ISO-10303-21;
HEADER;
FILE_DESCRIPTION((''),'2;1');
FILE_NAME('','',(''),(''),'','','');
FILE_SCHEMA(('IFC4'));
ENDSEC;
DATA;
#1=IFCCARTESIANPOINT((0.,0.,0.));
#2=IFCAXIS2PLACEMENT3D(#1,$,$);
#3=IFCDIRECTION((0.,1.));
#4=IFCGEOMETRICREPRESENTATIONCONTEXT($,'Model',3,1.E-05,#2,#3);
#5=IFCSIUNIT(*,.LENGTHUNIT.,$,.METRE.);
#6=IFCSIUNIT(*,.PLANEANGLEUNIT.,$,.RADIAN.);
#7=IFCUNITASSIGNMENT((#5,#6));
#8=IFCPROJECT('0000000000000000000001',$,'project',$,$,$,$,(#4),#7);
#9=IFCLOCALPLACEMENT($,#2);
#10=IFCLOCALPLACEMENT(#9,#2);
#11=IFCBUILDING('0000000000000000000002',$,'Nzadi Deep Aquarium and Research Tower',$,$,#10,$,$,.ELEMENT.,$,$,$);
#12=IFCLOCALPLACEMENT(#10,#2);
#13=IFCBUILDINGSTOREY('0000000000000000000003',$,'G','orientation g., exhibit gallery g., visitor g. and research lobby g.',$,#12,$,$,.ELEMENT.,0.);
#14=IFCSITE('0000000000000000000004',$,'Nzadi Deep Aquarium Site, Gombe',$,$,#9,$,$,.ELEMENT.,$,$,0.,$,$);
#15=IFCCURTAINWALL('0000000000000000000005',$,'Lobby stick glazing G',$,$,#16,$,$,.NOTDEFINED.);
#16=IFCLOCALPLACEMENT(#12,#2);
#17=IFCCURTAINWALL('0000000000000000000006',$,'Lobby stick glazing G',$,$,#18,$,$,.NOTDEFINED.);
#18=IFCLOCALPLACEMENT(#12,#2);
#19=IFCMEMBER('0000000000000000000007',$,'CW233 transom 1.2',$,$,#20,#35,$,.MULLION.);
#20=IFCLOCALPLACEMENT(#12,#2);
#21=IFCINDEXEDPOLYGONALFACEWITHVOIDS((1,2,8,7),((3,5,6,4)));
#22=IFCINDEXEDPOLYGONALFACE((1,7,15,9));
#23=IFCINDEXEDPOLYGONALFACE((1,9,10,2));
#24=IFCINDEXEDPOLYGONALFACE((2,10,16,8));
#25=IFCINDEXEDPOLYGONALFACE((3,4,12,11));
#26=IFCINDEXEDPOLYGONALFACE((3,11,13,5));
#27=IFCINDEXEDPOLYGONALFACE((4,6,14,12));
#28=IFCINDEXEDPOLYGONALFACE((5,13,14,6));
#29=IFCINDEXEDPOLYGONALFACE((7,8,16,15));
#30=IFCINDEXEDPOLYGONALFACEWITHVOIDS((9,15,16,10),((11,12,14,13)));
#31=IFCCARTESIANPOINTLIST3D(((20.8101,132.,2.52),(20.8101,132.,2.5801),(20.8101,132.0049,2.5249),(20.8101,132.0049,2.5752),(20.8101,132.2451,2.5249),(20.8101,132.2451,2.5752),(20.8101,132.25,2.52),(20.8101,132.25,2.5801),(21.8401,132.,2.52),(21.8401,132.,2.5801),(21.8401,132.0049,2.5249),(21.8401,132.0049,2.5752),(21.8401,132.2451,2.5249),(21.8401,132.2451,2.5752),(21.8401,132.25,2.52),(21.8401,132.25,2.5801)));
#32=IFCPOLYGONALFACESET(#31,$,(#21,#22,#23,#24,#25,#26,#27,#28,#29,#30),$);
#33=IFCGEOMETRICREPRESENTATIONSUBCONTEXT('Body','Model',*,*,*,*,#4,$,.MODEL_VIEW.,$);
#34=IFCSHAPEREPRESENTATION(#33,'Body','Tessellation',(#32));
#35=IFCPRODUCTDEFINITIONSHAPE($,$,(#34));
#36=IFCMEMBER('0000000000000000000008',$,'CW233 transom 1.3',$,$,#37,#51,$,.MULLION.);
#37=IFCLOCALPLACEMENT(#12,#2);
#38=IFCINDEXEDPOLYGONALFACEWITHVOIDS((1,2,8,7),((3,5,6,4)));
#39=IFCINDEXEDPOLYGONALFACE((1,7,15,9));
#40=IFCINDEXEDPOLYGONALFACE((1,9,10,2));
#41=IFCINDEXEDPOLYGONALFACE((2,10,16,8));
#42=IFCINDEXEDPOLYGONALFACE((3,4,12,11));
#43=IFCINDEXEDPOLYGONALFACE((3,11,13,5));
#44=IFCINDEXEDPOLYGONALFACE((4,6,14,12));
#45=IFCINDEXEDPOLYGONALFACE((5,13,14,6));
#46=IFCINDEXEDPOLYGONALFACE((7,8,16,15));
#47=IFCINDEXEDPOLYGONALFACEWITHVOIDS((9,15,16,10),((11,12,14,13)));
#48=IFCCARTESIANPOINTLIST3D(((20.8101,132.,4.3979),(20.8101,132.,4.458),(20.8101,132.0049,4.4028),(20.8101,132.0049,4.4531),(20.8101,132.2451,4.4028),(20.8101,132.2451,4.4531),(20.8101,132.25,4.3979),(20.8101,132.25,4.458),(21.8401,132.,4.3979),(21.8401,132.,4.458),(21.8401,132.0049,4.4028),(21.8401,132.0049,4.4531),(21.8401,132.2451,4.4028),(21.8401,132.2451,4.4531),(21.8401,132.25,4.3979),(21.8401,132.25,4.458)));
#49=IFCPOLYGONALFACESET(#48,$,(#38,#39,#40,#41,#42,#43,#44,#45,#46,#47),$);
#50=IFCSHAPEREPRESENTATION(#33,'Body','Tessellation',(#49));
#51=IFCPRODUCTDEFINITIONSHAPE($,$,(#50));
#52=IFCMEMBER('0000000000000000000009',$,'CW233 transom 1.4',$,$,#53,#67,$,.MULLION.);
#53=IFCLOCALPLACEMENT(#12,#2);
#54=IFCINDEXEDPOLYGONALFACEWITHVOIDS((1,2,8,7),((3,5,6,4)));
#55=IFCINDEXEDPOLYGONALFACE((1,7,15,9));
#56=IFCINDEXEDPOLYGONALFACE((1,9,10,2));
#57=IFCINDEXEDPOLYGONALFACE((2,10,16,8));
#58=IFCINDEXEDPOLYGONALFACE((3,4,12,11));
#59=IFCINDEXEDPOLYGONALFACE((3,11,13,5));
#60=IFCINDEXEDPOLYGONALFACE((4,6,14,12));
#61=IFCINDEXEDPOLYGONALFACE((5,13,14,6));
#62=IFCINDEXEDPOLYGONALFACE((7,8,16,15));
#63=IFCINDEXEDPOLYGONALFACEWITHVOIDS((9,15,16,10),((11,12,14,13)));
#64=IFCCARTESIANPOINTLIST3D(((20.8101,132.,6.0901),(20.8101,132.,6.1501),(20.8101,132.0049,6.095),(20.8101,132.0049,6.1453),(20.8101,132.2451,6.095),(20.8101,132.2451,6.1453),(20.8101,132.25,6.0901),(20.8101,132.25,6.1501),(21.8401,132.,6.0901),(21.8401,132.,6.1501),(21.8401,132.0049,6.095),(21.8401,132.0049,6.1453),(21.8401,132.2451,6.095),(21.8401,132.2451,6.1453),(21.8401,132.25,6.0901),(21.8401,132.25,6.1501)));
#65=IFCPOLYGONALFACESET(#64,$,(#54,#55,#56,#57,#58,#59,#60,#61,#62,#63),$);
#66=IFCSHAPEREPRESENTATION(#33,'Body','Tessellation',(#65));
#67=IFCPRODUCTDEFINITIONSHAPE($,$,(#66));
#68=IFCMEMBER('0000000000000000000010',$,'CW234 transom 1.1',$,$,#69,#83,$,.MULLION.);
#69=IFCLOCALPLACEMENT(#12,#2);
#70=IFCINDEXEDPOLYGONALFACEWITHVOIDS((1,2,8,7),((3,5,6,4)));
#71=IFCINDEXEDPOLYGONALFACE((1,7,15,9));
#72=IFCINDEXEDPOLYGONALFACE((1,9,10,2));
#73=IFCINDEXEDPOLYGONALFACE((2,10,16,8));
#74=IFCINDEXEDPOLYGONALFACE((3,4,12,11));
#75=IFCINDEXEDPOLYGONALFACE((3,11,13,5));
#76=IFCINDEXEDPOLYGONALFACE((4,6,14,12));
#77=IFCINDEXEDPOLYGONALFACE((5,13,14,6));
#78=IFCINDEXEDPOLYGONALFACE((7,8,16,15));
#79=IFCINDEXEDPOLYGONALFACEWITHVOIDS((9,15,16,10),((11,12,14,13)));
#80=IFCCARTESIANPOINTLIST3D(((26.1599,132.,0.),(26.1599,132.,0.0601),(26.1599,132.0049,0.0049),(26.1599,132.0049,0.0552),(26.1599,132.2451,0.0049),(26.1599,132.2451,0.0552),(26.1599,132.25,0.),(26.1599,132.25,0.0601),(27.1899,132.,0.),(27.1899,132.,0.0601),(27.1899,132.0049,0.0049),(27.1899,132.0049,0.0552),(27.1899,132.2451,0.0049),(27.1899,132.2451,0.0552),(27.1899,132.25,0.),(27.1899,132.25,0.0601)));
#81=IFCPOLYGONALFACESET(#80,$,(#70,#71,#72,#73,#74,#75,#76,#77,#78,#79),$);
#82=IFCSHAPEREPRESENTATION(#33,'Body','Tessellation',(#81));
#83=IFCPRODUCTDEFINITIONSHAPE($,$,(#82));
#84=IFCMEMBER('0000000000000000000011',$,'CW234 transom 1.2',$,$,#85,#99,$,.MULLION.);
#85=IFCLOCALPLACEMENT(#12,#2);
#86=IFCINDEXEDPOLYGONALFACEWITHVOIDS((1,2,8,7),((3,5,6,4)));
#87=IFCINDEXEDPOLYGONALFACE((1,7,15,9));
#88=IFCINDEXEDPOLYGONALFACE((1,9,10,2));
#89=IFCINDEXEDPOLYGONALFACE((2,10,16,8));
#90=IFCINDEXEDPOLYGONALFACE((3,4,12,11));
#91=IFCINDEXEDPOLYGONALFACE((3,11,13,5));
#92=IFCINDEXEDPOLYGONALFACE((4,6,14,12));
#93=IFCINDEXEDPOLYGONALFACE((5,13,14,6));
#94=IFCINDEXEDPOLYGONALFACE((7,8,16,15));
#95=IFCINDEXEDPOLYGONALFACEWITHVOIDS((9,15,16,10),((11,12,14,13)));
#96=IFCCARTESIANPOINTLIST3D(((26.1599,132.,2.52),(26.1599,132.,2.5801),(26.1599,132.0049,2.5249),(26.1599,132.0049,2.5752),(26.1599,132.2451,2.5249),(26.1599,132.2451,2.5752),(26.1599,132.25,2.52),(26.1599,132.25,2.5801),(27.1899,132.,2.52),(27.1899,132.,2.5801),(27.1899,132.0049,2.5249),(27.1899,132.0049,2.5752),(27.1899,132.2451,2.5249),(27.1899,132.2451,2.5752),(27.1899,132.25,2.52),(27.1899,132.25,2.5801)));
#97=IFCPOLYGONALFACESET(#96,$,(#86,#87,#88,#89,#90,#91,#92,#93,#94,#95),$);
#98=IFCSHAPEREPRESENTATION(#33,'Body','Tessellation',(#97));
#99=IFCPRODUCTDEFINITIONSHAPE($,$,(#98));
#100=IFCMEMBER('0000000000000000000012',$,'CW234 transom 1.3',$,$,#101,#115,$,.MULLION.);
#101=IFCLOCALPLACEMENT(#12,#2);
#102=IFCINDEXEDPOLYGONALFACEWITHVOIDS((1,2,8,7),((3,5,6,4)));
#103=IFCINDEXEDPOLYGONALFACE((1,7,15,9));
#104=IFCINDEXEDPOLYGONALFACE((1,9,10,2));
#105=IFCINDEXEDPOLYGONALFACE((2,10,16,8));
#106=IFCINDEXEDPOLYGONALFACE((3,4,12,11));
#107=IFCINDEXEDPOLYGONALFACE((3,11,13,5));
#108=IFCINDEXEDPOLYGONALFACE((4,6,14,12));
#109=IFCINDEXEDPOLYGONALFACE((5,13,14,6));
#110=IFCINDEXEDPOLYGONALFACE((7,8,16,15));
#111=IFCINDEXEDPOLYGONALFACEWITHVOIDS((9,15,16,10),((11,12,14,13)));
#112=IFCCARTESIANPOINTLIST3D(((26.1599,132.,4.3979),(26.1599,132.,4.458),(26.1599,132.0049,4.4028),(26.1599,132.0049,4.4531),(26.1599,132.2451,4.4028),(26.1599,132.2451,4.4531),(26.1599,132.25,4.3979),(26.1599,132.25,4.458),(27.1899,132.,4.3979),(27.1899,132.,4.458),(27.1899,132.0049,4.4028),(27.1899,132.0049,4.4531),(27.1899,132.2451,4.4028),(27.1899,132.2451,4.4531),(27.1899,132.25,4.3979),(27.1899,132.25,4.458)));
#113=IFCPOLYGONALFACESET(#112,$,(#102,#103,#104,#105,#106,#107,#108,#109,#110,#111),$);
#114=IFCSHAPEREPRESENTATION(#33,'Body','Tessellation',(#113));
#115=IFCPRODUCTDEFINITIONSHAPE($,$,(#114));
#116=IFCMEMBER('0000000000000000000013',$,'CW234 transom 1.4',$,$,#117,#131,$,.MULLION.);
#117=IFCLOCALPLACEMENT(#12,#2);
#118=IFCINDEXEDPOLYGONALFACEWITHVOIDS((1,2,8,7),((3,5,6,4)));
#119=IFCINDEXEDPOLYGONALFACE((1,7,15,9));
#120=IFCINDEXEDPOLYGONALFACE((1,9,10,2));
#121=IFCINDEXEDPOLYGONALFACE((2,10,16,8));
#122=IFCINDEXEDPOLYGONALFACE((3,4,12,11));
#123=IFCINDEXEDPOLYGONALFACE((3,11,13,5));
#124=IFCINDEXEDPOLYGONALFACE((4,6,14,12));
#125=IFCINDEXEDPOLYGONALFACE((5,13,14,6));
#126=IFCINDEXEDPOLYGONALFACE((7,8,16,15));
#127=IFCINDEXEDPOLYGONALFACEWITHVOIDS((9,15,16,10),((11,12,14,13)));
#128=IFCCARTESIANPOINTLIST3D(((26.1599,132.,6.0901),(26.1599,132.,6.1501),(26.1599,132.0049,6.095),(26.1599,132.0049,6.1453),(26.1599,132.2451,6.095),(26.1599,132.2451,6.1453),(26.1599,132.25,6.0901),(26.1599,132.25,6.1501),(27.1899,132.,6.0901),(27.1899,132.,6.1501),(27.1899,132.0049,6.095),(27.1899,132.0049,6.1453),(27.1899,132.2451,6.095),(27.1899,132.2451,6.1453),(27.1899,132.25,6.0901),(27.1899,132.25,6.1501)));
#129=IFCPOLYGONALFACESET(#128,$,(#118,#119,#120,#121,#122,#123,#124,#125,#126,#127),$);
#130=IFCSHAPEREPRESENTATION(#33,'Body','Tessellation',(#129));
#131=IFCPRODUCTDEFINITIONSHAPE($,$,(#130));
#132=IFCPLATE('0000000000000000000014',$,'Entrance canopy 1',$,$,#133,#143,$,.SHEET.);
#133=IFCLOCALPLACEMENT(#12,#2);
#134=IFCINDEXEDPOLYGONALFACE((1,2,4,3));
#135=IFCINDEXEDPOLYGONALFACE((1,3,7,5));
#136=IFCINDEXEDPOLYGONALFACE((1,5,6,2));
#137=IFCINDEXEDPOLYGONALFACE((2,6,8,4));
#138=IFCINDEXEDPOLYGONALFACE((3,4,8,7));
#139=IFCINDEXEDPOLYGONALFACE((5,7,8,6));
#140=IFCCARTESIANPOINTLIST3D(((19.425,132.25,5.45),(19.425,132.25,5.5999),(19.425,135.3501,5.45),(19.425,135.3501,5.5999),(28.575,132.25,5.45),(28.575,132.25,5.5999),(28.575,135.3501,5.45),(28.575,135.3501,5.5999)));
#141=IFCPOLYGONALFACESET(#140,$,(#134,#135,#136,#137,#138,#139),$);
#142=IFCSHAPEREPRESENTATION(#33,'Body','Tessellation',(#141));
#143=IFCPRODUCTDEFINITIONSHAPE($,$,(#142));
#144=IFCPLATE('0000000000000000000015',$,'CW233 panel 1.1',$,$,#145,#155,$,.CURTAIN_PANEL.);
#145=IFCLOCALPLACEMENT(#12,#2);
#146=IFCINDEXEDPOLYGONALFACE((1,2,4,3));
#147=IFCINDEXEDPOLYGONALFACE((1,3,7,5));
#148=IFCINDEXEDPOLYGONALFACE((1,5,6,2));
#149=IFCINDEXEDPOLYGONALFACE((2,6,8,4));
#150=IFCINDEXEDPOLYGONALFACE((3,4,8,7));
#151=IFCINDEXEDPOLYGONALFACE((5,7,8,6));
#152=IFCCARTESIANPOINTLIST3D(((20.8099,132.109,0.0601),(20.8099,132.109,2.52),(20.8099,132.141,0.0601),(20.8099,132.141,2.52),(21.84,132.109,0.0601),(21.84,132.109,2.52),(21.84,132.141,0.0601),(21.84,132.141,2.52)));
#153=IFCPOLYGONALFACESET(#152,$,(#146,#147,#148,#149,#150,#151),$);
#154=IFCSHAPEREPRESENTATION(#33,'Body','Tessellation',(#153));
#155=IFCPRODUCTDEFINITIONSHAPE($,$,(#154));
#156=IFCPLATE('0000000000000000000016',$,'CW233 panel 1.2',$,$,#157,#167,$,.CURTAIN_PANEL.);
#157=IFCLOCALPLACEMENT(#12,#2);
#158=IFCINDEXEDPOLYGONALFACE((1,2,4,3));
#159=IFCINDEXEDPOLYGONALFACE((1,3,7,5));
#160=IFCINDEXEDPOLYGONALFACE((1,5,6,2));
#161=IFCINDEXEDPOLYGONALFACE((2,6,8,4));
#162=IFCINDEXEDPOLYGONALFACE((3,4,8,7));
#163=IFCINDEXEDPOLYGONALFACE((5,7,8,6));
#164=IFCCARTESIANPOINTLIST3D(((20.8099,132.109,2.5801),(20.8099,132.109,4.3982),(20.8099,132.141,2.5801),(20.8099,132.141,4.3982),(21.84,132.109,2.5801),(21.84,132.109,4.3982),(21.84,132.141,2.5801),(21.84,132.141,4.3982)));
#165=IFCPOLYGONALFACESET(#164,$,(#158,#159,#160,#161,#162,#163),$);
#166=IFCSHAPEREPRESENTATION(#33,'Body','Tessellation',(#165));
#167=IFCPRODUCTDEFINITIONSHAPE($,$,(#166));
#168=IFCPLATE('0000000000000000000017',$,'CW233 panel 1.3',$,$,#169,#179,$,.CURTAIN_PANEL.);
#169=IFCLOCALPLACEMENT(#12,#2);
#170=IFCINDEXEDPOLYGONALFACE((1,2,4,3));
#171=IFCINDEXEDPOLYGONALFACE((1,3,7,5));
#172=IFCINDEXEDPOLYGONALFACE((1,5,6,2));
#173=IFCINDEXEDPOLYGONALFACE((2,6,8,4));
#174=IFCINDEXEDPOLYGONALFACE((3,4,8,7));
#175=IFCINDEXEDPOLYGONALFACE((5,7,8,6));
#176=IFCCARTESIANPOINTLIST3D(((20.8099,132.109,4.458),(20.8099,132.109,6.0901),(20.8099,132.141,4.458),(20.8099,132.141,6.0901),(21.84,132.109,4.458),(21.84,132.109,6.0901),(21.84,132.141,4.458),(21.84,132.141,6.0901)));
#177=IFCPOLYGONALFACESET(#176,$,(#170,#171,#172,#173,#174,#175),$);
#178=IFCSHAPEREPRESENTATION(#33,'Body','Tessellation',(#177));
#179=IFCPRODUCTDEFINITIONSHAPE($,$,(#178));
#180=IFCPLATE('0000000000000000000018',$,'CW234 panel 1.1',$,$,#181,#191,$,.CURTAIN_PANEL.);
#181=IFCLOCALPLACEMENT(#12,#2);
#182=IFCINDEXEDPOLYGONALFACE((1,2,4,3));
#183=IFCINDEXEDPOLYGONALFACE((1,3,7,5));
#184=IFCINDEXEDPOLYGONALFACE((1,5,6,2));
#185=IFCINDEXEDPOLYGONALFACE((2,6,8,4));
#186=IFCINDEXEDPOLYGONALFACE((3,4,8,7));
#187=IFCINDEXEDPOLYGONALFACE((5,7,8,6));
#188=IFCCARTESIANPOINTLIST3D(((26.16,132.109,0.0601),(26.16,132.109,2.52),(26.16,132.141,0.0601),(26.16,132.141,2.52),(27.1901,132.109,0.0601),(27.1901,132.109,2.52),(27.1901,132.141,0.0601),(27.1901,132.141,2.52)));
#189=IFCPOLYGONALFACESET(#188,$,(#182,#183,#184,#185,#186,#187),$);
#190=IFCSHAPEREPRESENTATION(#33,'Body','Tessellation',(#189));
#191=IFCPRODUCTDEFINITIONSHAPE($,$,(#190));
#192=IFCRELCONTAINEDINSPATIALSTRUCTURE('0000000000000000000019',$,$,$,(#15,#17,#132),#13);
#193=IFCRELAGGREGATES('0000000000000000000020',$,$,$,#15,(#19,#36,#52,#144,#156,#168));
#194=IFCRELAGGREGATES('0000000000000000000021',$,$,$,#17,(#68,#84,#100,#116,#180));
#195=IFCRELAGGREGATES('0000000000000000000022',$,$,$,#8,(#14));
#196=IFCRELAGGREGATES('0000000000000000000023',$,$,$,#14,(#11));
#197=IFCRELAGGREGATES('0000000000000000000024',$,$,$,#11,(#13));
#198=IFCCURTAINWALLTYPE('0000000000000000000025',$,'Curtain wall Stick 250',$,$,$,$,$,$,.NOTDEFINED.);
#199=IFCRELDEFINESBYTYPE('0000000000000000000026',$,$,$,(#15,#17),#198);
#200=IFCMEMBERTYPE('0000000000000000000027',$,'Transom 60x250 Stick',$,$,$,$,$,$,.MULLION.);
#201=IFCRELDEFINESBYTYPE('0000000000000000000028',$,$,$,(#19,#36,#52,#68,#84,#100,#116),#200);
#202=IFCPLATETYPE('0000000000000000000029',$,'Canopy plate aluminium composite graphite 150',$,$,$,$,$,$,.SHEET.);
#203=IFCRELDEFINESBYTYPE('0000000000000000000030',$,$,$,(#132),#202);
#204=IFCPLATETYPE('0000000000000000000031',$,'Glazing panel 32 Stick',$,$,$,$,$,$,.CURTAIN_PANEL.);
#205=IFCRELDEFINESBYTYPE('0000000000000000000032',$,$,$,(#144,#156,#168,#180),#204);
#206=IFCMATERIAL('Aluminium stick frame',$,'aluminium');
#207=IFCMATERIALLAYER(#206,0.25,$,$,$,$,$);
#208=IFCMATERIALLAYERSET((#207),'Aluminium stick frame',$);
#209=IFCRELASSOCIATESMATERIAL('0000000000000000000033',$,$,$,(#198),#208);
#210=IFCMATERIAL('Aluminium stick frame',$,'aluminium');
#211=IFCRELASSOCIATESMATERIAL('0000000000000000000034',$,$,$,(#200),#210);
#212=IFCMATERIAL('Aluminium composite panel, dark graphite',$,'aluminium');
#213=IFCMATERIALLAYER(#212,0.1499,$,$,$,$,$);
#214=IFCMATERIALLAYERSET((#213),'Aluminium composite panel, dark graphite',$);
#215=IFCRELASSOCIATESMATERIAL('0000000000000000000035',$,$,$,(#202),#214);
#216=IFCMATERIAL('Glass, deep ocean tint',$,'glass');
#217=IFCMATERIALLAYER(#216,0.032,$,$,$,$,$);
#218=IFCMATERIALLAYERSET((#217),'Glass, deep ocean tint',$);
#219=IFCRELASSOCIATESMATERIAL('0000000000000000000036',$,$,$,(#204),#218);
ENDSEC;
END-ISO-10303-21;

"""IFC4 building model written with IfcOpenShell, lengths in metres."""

from ifc_helpers import new_model, si_unit, direction, frame, origin, origin_2d, place, context, subcontext, project, spatial, rectangle, hollow_rectangle, extrude, material, layer, layer_set, material_profile, profile_set, type_object, element, aggregate, save


model = new_model("IFC4")

# Units and contexts
model_context = context("Model", 3, precision=1e-05, world=origin(), true_north=direction((0.0, 1.0)))
body_context = subcontext(model_context, "Body", "Model", "MODEL_VIEW")
ifc_project = project(units=[si_unit("LENGTHUNIT", "METRE"), si_unit("PLANEANGLEUNIT", "RADIAN")], contexts=[model_context])

# Site, building, storey
site_placement = place(None, origin())
site = spatial("IfcSite", under=ifc_project, at=site_placement, Name="Nzadi Deep Aquarium Site, Gombe", CompositionType="ELEMENT", RefElevation=0.0)
building_placement = place(site_placement, origin())
building = spatial("IfcBuilding", under=site, at=building_placement, Name="Nzadi Deep Aquarium and Research Tower", CompositionType="ELEMENT")
storey_placement = place(building_placement, origin())
storey = spatial("IfcBuildingStorey", under=building, at=storey_placement, Name="G", Description="orientation g., exhibit gallery g., visitor g. and research lobby g.", CompositionType="ELEMENT", Elevation=0.0)

# Curtain walls
ifc_material_1 = material(Name="Aluminium stick frame", Category="aluminium")
ifc_layer_1 = layer(ifc_material_1, 0.25)
ifc_layer_set_1 = layer_set([ifc_layer_1], Name="Aluminium stick frame")
curtain_wall_type = type_object("IfcCurtainWallType", Name="Curtain wall Stick 250", PredefinedType="NOTDEFINED", material=ifc_layer_set_1)
curtain_wall_1_placement = place(storey_placement, origin())
curtain_wall_1 = element("IfcCurtainWall", 1, at=curtain_wall_1_placement, inside=storey, type_object=curtain_wall_type, Name="Lobby stick glazing G", PredefinedType="NOTDEFINED")
curtain_wall_2_placement = place(storey_placement, origin())
curtain_wall_2 = element("IfcCurtainWall", 2, at=curtain_wall_2_placement, inside=storey, type_object=curtain_wall_type, Name="Lobby stick glazing G", PredefinedType="NOTDEFINED")

# Members
ifc_material_2 = material(Name="Aluminium stick frame", Category="aluminium")
ifc_material_profile_1 = material_profile(ifc_material_2, hollow_rectangle(XDim=0.25, YDim=0.0601, WallThickness=0.0049, at=origin_2d()))
ifc_profile_set_1 = profile_set([ifc_material_profile_1], Name="Aluminium stick frame")
member_type_1 = type_object("IfcMemberType", Name="Transom 60x250 Stick", PredefinedType="MULLION", material=ifc_profile_set_1)
member_1_placement = place(storey_placement, frame((20.8101, 132.125, 2.55), z_axis=(1.0, 0.0, 0.0), x_axis=(0.0, 1.0, 0.0)))
member_1 = element("IfcMember", 3, at=member_1_placement, type_object=member_type_1, Name="CW233 transom 1.2", PredefinedType="MULLION", context=body_context, shape_type="SweptSolid", body=[
    extrude(hollow_rectangle(XDim=0.25, YDim=0.0601, WallThickness=0.0049, at=origin_2d()), origin(), (0.0, 0.0, 1.0), 1.03),
])
member_2_placement = place(storey_placement, frame((20.8101, 132.125, 4.428), z_axis=(1.0, 0.0, 0.0), x_axis=(0.0, 1.0, 0.0)))
member_2 = element("IfcMember", 4, at=member_2_placement, type_object=member_type_1, Name="CW233 transom 1.3", PredefinedType="MULLION", context=body_context, shape_type="SweptSolid", body=[
    extrude(hollow_rectangle(XDim=0.25, YDim=0.0601, WallThickness=0.0049, at=origin_2d()), origin(), (0.0, 0.0, 1.0), 1.03),
])
member_3_placement = place(storey_placement, frame((20.8101, 132.125, 6.1201), z_axis=(1.0, 0.0, 0.0), x_axis=(0.0, 1.0, 0.0)))
member_3 = element("IfcMember", 5, at=member_3_placement, type_object=member_type_1, Name="CW233 transom 1.4", PredefinedType="MULLION", context=body_context, shape_type="SweptSolid", body=[
    extrude(hollow_rectangle(XDim=0.25, YDim=0.0601, WallThickness=0.0049, at=origin_2d()), origin(), (0.0, 0.0, 1.0), 1.03),
])
member_4_placement = place(storey_placement, frame((26.1599, 132.125, 0.03), z_axis=(1.0, 0.0, 0.0), x_axis=(0.0, 1.0, 0.0)))
member_4 = element("IfcMember", 6, at=member_4_placement, type_object=member_type_1, Name="CW234 transom 1.1", PredefinedType="MULLION", context=body_context, shape_type="SweptSolid", body=[
    extrude(hollow_rectangle(XDim=0.25, YDim=0.0601, WallThickness=0.0049, at=origin_2d()), origin(), (0.0, 0.0, 1.0), 1.03),
])
member_5_placement = place(storey_placement, frame((26.1599, 132.125, 2.55), z_axis=(1.0, 0.0, 0.0), x_axis=(0.0, 1.0, 0.0)))
member_5 = element("IfcMember", 7, at=member_5_placement, type_object=member_type_1, Name="CW234 transom 1.2", PredefinedType="MULLION", context=body_context, shape_type="SweptSolid", body=[
    extrude(hollow_rectangle(XDim=0.25, YDim=0.0601, WallThickness=0.0049, at=origin_2d()), origin(), (0.0, 0.0, 1.0), 1.03),
])
member_6_placement = place(storey_placement, frame((26.1599, 132.125, 4.428), z_axis=(1.0, 0.0, 0.0), x_axis=(0.0, 1.0, 0.0)))
member_6 = element("IfcMember", 8, at=member_6_placement, type_object=member_type_1, Name="CW234 transom 1.3", PredefinedType="MULLION", context=body_context, shape_type="SweptSolid", body=[
    extrude(hollow_rectangle(XDim=0.25, YDim=0.0601, WallThickness=0.0049, at=origin_2d()), origin(), (0.0, 0.0, 1.0), 1.03),
])
member_7_placement = place(storey_placement, frame((26.1599, 132.125, 6.1201), z_axis=(1.0, 0.0, 0.0), x_axis=(0.0, 1.0, 0.0)))
member_7 = element("IfcMember", 9, at=member_7_placement, type_object=member_type_1, Name="CW234 transom 1.4", PredefinedType="MULLION", context=body_context, shape_type="SweptSolid", body=[
    extrude(hollow_rectangle(XDim=0.25, YDim=0.0601, WallThickness=0.0049, at=origin_2d()), origin(), (0.0, 0.0, 1.0), 1.03),
])

# Plates
ifc_material_3 = material(Name="Aluminium composite panel, dark graphite", Category="aluminium")
ifc_layer_2 = layer(ifc_material_3, 0.1499)
ifc_layer_set_2 = layer_set([ifc_layer_2], Name="Aluminium composite panel, dark graphite")
plate_type_1 = type_object("IfcPlateType", Name="Canopy plate aluminium composite graphite 150", PredefinedType="SHEET", material=ifc_layer_set_2)
plate_1_placement = place(storey_placement, frame((24.0, 133.8, 5.45), z_axis=(0.0, 0.0, 1.0), x_axis=(1.0, 0.0, 0.0)))
element("IfcPlate", 10, at=plate_1_placement, inside=storey, type_object=plate_type_1, Name="Entrance canopy 1", PredefinedType="SHEET", context=body_context, shape_type="SweptSolid", body=[
    extrude(rectangle(XDim=9.1499, YDim=3.1001, at=origin_2d()), origin(), (0.0, 0.0, 1.0), 0.1499),
])
ifc_material_4 = material(Name="Glass, deep ocean tint", Category="glass")
ifc_layer_3 = layer(ifc_material_4, 0.032)
ifc_layer_set_3 = layer_set([ifc_layer_3], Name="Glass, deep ocean tint")
plate_type_2 = type_object("IfcPlateType", Name="Glazing panel 32 Stick", PredefinedType="CURTAIN_PANEL", material=ifc_layer_set_3)
plate_2_placement = place(storey_placement, frame((21.325, 132.125, 0.0601), z_axis=(0.0, 0.0, 1.0), x_axis=(1.0, 0.0, 0.0)))
plate_2 = element("IfcPlate", 11, at=plate_2_placement, type_object=plate_type_2, Name="CW233 panel 1.1", PredefinedType="CURTAIN_PANEL", context=body_context, shape_type="SweptSolid", body=[
    extrude(rectangle(XDim=1.03, YDim=0.032, at=origin_2d()), origin(), (0.0, 0.0, 1.0), 2.46),
])
plate_3_placement = place(storey_placement, frame((21.325, 132.125, 2.5801), z_axis=(0.0, 0.0, 1.0), x_axis=(1.0, 0.0, 0.0)))
plate_3 = element("IfcPlate", 12, at=plate_3_placement, type_object=plate_type_2, Name="CW233 panel 1.2", PredefinedType="CURTAIN_PANEL", context=body_context, shape_type="SweptSolid", body=[
    extrude(rectangle(XDim=1.03, YDim=0.032, at=origin_2d()), origin(), (0.0, 0.0, 1.0), 1.8181),
])
plate_4_placement = place(storey_placement, frame((21.325, 132.125, 4.458), z_axis=(0.0, 0.0, 1.0), x_axis=(1.0, 0.0, 0.0)))
plate_4 = element("IfcPlate", 13, at=plate_4_placement, type_object=plate_type_2, Name="CW233 panel 1.3", PredefinedType="CURTAIN_PANEL", context=body_context, shape_type="SweptSolid", body=[
    extrude(rectangle(XDim=1.03, YDim=0.032, at=origin_2d()), origin(), (0.0, 0.0, 1.0), 1.6321),
])
aggregate(curtain_wall_1, [member_1, member_2, member_3, plate_2, plate_3, plate_4])
plate_5_placement = place(storey_placement, frame((26.675, 132.125, 0.0601), z_axis=(0.0, 0.0, 1.0), x_axis=(1.0, 0.0, 0.0)))
plate_5 = element("IfcPlate", 14, at=plate_5_placement, type_object=plate_type_2, Name="CW234 panel 1.1", PredefinedType="CURTAIN_PANEL", context=body_context, shape_type="SweptSolid", body=[
    extrude(rectangle(XDim=1.03, YDim=0.032, at=origin_2d()), origin(), (0.0, 0.0, 1.0), 2.46),
])
aggregate(curtain_wall_2, [member_4, member_5, member_6, member_7, plate_5])

save(model, "model.ifc")
